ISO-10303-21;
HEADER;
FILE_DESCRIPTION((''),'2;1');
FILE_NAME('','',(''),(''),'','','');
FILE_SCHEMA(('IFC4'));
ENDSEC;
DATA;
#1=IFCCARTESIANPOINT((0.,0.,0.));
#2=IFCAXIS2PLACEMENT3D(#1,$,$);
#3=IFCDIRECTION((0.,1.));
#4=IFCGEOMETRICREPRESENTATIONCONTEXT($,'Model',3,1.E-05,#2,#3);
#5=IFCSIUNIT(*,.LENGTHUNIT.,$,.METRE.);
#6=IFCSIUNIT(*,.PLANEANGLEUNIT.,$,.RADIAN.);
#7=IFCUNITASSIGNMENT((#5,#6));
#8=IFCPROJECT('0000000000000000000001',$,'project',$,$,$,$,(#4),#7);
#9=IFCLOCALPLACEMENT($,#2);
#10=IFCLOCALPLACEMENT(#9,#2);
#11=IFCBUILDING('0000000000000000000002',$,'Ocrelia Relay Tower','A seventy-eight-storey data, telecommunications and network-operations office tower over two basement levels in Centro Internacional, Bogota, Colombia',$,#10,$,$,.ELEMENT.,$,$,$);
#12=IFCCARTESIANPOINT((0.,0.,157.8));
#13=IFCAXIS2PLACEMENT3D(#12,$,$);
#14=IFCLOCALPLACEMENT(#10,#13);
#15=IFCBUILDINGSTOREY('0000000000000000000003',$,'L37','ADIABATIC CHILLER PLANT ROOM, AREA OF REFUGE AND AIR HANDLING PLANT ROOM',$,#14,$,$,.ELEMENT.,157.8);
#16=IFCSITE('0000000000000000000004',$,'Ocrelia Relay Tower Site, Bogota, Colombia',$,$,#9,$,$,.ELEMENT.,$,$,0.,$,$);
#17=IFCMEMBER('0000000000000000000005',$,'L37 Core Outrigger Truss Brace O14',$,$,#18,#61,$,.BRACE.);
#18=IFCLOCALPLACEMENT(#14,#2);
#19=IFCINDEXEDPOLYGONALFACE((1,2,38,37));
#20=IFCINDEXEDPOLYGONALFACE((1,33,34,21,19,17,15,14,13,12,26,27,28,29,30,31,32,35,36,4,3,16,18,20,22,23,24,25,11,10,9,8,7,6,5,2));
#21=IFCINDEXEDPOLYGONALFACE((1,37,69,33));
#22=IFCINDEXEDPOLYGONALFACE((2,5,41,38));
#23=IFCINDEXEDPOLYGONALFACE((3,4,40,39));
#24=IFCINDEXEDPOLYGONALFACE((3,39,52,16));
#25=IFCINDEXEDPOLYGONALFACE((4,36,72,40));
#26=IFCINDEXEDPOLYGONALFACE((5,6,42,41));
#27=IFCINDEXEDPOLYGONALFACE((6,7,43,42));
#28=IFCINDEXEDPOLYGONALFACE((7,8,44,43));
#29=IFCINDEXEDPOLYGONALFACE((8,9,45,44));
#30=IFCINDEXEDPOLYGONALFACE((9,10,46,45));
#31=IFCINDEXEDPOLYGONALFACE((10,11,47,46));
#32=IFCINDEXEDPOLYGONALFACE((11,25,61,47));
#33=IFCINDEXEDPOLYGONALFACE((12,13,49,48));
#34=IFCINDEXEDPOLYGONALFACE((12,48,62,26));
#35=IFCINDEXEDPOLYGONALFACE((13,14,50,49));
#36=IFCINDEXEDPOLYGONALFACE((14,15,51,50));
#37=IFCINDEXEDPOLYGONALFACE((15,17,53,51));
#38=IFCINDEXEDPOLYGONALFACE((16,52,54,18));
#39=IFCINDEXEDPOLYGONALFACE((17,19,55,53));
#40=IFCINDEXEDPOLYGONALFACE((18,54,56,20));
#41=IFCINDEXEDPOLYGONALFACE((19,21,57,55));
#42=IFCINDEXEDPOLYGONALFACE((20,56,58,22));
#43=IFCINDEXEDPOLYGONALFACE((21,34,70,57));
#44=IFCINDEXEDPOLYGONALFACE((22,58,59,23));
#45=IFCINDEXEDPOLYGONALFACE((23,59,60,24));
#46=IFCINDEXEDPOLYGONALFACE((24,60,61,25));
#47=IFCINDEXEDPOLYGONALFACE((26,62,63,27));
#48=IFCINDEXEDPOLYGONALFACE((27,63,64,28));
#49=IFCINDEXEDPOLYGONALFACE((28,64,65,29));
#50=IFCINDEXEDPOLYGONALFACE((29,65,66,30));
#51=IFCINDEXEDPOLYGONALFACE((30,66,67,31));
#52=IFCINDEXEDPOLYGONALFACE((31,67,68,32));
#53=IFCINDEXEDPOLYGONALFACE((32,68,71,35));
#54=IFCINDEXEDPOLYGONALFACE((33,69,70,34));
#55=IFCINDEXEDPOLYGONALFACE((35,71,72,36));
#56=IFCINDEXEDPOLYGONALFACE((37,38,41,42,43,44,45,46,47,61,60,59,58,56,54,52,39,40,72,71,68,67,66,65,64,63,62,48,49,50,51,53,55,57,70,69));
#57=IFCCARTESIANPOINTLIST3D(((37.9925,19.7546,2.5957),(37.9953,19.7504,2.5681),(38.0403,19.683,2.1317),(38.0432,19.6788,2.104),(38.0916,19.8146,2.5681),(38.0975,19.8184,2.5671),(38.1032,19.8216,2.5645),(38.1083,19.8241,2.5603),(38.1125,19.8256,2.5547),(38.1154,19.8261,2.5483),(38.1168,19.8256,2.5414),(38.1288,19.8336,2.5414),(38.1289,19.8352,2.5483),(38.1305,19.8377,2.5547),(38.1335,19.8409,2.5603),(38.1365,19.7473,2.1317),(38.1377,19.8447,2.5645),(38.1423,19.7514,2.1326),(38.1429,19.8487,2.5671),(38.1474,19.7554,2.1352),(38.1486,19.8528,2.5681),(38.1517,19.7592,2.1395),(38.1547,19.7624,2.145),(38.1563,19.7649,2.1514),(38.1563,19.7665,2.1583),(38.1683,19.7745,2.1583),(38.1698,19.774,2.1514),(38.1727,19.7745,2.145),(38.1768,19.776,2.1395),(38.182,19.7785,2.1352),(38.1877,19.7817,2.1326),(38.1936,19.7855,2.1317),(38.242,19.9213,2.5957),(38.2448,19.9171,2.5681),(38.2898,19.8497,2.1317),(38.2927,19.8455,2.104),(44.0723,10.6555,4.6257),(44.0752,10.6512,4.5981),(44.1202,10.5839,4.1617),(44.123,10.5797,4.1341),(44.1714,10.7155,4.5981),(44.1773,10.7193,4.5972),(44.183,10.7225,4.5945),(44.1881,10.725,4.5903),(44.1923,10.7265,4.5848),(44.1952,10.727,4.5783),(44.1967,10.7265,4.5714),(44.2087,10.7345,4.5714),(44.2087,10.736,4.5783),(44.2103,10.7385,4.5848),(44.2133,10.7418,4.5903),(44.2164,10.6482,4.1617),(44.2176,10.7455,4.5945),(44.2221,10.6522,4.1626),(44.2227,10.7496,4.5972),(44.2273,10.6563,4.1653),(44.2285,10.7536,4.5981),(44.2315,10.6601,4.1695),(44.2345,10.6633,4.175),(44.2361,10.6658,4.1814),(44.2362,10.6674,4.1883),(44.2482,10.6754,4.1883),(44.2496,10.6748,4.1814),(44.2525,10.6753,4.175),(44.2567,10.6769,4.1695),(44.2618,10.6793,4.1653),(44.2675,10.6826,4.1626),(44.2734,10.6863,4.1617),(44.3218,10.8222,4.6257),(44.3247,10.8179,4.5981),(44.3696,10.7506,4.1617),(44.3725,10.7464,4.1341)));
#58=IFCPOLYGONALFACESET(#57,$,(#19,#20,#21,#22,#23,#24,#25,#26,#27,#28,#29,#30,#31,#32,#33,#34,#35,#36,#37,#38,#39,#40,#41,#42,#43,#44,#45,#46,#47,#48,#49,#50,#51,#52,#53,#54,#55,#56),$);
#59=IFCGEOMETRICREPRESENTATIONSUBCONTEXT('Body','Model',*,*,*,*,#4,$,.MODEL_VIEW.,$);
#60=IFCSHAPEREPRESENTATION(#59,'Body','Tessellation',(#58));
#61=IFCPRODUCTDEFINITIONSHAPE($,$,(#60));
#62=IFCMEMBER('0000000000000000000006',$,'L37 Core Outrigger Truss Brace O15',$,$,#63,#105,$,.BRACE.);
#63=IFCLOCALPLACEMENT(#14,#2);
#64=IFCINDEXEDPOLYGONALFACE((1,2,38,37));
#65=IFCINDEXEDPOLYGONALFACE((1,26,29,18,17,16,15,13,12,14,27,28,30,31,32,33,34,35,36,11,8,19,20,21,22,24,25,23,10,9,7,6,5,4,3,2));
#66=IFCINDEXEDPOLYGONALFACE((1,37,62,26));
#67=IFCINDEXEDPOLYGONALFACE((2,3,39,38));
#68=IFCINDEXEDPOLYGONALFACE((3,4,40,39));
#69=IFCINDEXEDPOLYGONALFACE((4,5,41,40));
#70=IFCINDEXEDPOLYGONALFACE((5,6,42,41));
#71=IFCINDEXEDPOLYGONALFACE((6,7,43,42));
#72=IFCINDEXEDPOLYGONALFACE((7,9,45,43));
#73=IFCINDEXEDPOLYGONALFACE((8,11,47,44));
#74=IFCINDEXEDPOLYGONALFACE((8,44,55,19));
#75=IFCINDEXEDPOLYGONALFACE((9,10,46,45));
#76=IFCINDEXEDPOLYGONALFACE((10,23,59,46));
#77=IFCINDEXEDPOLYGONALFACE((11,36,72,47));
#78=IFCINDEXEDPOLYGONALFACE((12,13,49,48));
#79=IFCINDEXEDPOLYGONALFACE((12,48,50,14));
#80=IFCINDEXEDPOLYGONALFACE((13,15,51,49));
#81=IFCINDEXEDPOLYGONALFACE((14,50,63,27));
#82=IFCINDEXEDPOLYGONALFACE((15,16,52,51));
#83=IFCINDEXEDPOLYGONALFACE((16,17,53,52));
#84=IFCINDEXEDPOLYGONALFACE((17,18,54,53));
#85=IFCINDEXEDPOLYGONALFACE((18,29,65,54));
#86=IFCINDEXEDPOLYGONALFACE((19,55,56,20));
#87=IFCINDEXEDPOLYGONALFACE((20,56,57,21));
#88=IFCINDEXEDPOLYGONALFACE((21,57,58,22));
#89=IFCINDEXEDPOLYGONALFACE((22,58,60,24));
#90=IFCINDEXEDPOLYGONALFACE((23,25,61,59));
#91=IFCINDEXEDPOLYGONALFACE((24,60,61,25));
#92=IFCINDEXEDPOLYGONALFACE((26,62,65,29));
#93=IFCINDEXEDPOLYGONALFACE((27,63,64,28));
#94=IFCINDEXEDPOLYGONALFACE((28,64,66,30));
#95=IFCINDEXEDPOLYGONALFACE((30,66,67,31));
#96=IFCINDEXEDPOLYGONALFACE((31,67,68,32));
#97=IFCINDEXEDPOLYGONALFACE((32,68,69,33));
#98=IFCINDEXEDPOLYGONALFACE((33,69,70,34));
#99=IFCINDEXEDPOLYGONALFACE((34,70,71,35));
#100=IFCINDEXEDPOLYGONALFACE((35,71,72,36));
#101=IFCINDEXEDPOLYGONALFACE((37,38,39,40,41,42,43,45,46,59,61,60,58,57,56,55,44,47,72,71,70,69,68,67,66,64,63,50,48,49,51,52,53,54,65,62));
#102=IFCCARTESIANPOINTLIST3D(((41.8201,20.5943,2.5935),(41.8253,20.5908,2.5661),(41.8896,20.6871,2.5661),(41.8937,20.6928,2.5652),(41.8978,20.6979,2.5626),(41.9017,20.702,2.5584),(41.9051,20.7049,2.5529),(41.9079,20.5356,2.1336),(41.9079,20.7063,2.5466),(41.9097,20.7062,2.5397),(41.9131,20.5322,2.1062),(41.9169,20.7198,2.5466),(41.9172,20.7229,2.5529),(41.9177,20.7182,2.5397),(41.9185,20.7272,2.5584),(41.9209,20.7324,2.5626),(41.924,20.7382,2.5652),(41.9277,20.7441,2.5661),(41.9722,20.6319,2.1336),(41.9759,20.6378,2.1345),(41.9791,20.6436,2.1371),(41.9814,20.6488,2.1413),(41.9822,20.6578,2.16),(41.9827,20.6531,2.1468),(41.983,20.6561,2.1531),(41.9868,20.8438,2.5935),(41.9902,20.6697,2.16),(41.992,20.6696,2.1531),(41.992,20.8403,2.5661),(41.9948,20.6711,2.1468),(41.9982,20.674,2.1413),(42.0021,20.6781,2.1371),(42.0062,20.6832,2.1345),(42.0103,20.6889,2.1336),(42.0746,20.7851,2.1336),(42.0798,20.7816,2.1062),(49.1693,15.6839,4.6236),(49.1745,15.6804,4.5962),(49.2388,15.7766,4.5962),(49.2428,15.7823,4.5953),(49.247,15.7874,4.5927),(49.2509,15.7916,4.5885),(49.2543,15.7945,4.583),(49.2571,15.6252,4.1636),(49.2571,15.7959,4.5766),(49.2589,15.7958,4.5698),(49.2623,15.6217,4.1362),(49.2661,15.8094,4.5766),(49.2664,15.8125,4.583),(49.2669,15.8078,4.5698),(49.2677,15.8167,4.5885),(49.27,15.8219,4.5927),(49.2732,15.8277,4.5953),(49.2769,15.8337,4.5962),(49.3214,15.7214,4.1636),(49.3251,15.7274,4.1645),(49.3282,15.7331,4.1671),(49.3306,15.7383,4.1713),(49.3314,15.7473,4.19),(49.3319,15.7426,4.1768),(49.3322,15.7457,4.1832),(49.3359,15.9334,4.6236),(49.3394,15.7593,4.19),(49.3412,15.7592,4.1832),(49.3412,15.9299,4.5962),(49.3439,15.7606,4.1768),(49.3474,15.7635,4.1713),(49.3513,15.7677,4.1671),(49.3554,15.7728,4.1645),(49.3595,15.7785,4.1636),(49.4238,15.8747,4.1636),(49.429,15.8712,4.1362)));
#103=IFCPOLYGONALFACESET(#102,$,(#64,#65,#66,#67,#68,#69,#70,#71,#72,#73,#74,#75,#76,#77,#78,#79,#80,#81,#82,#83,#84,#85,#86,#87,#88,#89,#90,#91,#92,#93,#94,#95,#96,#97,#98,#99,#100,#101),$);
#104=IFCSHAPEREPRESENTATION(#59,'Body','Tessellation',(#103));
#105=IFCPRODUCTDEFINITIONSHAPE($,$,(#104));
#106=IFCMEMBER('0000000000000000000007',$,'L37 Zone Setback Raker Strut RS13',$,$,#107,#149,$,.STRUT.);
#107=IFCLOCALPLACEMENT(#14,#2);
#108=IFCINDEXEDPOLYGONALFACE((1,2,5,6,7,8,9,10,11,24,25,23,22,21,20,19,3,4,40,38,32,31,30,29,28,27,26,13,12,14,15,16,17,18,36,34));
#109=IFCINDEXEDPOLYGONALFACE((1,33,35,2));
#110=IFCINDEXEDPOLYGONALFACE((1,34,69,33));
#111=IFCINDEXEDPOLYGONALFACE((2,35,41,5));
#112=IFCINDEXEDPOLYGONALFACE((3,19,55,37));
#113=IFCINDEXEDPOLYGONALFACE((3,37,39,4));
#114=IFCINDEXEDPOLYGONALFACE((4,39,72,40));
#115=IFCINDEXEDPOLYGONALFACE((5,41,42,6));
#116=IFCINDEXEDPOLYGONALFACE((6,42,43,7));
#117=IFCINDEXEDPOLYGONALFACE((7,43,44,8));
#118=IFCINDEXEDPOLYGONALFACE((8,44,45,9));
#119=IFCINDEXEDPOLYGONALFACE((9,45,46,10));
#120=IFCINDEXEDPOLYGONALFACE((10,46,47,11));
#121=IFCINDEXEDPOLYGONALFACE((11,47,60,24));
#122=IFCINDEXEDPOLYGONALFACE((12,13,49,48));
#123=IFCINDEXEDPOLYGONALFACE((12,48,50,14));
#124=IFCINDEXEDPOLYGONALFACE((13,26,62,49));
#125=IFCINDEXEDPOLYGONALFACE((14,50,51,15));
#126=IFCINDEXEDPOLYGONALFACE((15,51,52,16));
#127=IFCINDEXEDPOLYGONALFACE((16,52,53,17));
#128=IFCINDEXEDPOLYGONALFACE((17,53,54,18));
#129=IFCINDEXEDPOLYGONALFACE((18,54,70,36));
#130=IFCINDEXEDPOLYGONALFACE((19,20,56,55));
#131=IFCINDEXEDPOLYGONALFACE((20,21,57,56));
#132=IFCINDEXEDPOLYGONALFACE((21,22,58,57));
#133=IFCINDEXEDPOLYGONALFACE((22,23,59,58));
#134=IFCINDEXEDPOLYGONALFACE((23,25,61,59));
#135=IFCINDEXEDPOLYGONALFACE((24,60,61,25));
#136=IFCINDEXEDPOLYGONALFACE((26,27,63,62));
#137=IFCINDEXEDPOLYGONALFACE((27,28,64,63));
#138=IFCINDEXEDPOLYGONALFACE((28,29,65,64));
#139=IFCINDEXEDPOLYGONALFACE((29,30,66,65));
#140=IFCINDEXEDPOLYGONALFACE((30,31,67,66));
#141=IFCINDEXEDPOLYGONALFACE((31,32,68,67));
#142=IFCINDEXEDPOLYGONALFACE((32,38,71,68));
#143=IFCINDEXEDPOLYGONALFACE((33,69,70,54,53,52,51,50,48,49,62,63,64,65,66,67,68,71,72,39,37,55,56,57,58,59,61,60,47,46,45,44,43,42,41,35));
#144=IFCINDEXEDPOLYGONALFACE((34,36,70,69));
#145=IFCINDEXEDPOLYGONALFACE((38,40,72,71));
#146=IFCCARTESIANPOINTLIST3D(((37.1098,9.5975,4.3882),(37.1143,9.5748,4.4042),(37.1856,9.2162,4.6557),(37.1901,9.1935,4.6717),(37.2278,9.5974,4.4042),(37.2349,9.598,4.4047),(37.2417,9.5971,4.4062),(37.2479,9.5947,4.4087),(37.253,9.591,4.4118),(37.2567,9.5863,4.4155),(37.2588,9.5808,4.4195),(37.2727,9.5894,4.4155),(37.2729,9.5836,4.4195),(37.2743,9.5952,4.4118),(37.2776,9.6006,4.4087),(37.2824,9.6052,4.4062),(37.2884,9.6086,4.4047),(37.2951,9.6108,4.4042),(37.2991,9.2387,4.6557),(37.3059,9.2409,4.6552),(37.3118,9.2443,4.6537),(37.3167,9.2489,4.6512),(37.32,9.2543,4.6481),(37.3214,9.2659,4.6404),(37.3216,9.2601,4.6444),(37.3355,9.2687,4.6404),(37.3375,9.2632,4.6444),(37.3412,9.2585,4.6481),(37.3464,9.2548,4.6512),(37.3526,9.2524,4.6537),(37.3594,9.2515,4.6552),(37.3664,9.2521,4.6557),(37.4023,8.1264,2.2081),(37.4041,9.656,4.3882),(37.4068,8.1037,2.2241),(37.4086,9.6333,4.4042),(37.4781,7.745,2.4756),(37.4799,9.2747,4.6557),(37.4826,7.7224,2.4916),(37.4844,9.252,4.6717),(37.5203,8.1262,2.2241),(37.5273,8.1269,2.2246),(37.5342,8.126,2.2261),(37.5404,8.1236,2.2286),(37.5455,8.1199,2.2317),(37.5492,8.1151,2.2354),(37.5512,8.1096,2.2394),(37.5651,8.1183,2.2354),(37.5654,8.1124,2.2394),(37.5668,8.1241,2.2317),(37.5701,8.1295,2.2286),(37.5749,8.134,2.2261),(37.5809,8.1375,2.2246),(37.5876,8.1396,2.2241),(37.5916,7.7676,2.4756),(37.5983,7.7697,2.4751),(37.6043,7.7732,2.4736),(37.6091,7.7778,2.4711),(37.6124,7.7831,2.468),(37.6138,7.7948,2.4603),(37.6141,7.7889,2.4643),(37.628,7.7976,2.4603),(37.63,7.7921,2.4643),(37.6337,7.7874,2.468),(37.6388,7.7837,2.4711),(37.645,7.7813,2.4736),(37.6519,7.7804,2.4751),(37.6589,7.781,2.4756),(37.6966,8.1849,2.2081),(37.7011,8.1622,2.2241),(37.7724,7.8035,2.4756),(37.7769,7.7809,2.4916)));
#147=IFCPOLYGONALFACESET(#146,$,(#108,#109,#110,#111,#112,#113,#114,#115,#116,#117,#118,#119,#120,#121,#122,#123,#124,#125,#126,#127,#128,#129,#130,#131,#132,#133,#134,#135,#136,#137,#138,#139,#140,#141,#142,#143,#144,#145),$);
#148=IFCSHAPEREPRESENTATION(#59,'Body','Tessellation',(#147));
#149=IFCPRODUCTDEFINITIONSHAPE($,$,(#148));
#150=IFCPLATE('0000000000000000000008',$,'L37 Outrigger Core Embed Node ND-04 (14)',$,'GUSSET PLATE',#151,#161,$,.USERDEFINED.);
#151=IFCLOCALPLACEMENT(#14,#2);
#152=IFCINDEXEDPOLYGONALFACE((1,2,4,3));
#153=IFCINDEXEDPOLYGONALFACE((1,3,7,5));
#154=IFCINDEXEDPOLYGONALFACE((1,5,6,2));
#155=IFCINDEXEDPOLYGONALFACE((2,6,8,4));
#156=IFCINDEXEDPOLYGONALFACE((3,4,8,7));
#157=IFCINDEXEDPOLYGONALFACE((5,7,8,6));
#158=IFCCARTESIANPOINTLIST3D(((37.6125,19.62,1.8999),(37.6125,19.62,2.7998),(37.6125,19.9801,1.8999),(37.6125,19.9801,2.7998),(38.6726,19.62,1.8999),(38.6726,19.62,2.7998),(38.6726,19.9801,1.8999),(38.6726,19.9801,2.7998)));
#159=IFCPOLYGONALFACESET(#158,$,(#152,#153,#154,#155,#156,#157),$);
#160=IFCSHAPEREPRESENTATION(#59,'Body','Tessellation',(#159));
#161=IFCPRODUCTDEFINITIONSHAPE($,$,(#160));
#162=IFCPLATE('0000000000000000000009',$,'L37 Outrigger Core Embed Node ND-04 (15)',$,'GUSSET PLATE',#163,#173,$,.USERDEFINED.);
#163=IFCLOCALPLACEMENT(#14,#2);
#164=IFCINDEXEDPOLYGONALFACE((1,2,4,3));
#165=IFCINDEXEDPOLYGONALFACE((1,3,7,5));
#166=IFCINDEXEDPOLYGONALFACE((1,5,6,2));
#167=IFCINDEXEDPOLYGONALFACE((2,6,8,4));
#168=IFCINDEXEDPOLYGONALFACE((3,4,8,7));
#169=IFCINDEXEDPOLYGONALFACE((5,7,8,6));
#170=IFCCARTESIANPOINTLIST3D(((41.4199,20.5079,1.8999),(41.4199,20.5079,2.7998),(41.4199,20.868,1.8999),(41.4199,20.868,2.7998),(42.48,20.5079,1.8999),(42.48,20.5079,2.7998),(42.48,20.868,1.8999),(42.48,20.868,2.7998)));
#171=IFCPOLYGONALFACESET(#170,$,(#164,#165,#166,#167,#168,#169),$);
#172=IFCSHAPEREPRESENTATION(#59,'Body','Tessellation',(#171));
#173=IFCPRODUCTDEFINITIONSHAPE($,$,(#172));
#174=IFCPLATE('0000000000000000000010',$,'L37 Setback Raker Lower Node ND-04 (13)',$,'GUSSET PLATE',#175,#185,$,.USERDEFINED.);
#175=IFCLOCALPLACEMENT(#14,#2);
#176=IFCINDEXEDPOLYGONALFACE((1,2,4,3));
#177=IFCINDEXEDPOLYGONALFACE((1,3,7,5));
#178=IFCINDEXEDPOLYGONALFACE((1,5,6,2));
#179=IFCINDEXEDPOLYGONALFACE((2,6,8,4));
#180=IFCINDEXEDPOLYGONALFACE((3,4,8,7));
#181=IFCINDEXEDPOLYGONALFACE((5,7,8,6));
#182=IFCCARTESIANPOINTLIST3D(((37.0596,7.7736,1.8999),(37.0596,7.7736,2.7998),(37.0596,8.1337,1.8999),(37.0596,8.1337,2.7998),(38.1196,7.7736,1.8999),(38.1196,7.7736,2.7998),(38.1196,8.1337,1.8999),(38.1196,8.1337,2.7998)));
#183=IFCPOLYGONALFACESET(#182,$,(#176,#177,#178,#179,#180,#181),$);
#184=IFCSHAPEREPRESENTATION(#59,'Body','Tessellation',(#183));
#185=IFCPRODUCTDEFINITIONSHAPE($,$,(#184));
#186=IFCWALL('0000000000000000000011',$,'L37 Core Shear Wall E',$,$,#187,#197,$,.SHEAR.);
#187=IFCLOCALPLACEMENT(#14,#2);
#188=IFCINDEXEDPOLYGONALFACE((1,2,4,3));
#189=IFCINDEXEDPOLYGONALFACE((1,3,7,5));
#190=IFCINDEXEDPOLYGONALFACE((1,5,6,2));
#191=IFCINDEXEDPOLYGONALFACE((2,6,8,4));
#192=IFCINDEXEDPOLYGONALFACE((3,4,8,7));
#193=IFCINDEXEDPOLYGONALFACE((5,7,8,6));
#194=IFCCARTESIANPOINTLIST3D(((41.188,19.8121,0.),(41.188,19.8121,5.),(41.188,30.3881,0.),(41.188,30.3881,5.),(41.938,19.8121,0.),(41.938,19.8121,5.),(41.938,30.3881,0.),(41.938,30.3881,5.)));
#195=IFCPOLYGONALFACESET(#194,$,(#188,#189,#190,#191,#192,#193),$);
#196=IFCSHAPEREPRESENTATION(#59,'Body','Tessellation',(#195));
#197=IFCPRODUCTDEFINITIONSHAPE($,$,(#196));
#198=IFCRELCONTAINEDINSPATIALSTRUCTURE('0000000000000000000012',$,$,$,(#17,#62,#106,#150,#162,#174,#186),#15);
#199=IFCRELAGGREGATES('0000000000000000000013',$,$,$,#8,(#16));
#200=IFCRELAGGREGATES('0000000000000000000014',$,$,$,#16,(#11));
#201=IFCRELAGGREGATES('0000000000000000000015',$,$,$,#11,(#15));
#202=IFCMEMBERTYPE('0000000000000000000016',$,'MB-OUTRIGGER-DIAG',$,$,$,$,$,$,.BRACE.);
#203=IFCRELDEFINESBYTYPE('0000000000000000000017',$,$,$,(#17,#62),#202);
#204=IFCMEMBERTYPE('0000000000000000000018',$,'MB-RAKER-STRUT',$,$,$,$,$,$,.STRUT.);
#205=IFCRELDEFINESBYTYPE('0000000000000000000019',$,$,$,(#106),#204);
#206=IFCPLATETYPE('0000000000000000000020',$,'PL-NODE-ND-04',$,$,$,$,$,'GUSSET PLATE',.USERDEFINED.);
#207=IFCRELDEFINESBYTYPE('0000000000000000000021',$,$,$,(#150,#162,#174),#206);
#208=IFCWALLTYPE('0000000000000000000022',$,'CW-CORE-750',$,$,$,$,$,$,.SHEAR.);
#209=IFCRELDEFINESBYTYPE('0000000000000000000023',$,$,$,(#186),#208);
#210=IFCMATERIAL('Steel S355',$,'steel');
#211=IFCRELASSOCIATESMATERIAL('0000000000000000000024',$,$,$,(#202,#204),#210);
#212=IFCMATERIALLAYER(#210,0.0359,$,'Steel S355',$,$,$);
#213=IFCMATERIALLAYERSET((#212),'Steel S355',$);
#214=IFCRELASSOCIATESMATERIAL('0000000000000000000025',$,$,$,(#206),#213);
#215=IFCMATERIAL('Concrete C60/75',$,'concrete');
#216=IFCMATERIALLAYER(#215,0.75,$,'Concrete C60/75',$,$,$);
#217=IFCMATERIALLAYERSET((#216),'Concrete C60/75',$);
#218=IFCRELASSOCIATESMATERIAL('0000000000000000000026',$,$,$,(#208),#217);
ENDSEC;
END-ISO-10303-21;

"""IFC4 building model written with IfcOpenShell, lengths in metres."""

from ifc_helpers import new_model, si_unit, direction, frame, frame_2d, origin, origin_2d, place, context, subcontext, project, spatial, rectangle, i_section, extrude, material, layer, layer_set, material_profile, profile_set, type_object, element, save


model = new_model("IFC4")

# Units and contexts
model_context = context("Model", 3, precision=1e-05, world=origin(), true_north=direction((0.0, 1.0)))
body_context = subcontext(model_context, "Body", "Model", "MODEL_VIEW")
ifc_project = project(units=[si_unit("LENGTHUNIT", "METRE"), si_unit("PLANEANGLEUNIT", "RADIAN")], contexts=[model_context])

# Site, building, storey
site_placement = place(None, origin())
site = spatial("IfcSite", under=ifc_project, at=site_placement, Name="Ocrelia Relay Tower Site, Bogota, Colombia", CompositionType="ELEMENT", RefElevation=0.0)
building_placement = place(site_placement, origin())
building = spatial("IfcBuilding", under=site, at=building_placement, Name="Ocrelia Relay Tower", Description="A seventy-eight-storey data, telecommunications and network-operations office tower over two basement levels in Centro Internacional, Bogota, Colombia", CompositionType="ELEMENT")
storey_placement = place(building_placement, frame((0.0, 0.0, 157.8)))
storey = spatial("IfcBuildingStorey", under=building, at=storey_placement, Name="L37", Description="ADIABATIC CHILLER PLANT ROOM, AREA OF REFUGE AND AIR HANDLING PLANT ROOM", CompositionType="ELEMENT", Elevation=157.8)

# Shared definitions
ifc_material_1 = material(Name="Concrete C60/75", Category="concrete")

# Shared definitions
ifc_material_2 = material(Name="Steel S355", Category="steel")

# Members
ifc_material_profile_1 = material_profile(ifc_material_2, i_section(OverallWidth=0.3, OverallDepth=0.5, WebThickness=0.0144, FlangeThickness=0.0281, FilletRadius=0.0271, at=origin_2d()), Name="HEB 500")
ifc_profile_set_1 = profile_set([ifc_material_profile_1], Name="Steel S355")
member_type_1 = type_object("IfcMemberType", Name="MB-OUTRIGGER-DIAG", PredefinedType="BRACE", material=ifc_profile_set_1)
member_1_placement = place(storey_placement, frame((38.1426, 19.8, 2.3499), z_axis=(0.546251, -0.817523, 0.182391), x_axis=(0.83147, 0.55557, 0.0)))
element("IfcMember", 1, at=member_1_placement, inside=storey, type_object=member_type_1, Name="L37 Core Outrigger Truss Brace O14", PredefinedType="BRACE", context=body_context, shape_type="SweptSolid", body=[
    extrude(i_section(OverallWidth=0.3, OverallDepth=0.5, WebThickness=0.0144, FlangeThickness=0.0281, FilletRadius=0.0271, at=origin_2d()), origin(), (0.0, 0.0, 1.0), 11.1301),
])
member_2_placement = place(storey_placement, frame((41.95, 20.688, 2.3499), z_axis=(0.810377, -0.541463, 0.223848), x_axis=(0.55556, 0.831476, 0.0)))
element("IfcMember", 2, at=member_2_placement, inside=storey, type_object=member_type_1, Name="L37 Core Outrigger Truss Brace O15", PredefinedType="BRACE", context=body_context, shape_type="SweptSolid", body=[
    extrude(i_section(OverallWidth=0.3, OverallDepth=0.5, WebThickness=0.0144, FlangeThickness=0.0281, FilletRadius=0.0271, at=origin_2d()), origin(), (0.0, 0.0, 1.0), 9.0688),
])
ifc_material_profile_2 = material_profile(ifc_material_2, i_section(OverallWidth=0.3, OverallDepth=0.5, WebThickness=0.0144, FlangeThickness=0.0281, FilletRadius=0.0271, at=origin_2d()), Name="HEB 500")
ifc_profile_set_2 = profile_set([ifc_material_profile_2], Name="Steel S355")
member_type_2 = type_object("IfcMemberType", Name="MB-RAKER-STRUT", PredefinedType="STRUT", material=ifc_profile_set_2)
member_3_placement = place(storey_placement, frame((37.5896, 7.9536, 2.3499), z_axis=(-0.110523, 0.555934, 0.823846), x_axis=(-0.980805, -0.194989, 0.0)))
element("IfcMember", 3, at=member_3_placement, inside=storey, type_object=member_type_2, Name="L37 Zone Setback Raker Strut RS13", PredefinedType="STRUT", context=body_context, shape_type="SweptSolid", body=[
    extrude(i_section(OverallWidth=0.3, OverallDepth=0.5, WebThickness=0.0144, FlangeThickness=0.0281, FilletRadius=0.0271, at=origin_2d()), origin(), (0.0, 0.0, 1.0), 2.6462),
])

# Plates
ifc_layer_1 = layer(ifc_material_2, 0.0359, Name="Steel S355")
ifc_layer_set_1 = layer_set([ifc_layer_1], Name="Steel S355")
plate_type = type_object("IfcPlateType", Name="PL-NODE-ND-04", ElementType="GUSSET PLATE", PredefinedType="USERDEFINED", material=ifc_layer_set_1)
for number, where, z_axis, x_axis, name in (
    (4, (38.1426, 19.8, 1.8999), (0.0, 0.0, 1.0), (1.0, 0.0, 0.0), "L37 Outrigger Core Embed Node ND-04 (14)"),
    (5, (41.95, 20.688, 1.8999), (0.0, 0.0, 1.0), (1.0, 0.0, 0.0), "L37 Outrigger Core Embed Node ND-04 (15)"),
    (6, (37.5896, 7.9536, 1.8999), (0.0, 0.0, 1.0), (1.0, 0.0, 0.0), "L37 Setback Raker Lower Node ND-04 (13)"),
):
    element("IfcPlate", number, at=place(storey_placement, frame(where, z_axis=z_axis, x_axis=x_axis)), inside=storey, type_object=plate_type, Name=name, ObjectType="GUSSET PLATE", PredefinedType="USERDEFINED", context=body_context, shape_type="SweptSolid", body=[
        extrude(rectangle(XDim=1.0601, YDim=0.3601, at=origin_2d()), origin(), (0.0, 0.0, 1.0), 0.8999),
    ])

# Wall
ifc_layer_2 = layer(ifc_material_1, 0.75, Name="Concrete C60/75")
ifc_layer_set_2 = layer_set([ifc_layer_2], Name="Concrete C60/75")
wall_type_1 = type_object("IfcWallType", Name="CW-CORE-750", PredefinedType="SHEAR", material=ifc_layer_set_2)
wall_1_placement = place(storey_placement, frame((41.563, 19.812, 0.0), z_axis=(0.0, 0.0, 1.0), x_axis=(0.0, 1.0, 0.0)))
element("IfcWall", 7, at=wall_1_placement, inside=storey, type_object=wall_type_1, Name="L37 Core Shear Wall E", PredefinedType="SHEAR", context=body_context, shape_type="SweptSolid", body=[
    extrude(rectangle(XDim=10.5759, YDim=0.75, at=frame_2d((5.2881, 0.0))), origin(), (0.0, 0.0, 1.0), 5.0),
])

save(model, "model.ifc")
